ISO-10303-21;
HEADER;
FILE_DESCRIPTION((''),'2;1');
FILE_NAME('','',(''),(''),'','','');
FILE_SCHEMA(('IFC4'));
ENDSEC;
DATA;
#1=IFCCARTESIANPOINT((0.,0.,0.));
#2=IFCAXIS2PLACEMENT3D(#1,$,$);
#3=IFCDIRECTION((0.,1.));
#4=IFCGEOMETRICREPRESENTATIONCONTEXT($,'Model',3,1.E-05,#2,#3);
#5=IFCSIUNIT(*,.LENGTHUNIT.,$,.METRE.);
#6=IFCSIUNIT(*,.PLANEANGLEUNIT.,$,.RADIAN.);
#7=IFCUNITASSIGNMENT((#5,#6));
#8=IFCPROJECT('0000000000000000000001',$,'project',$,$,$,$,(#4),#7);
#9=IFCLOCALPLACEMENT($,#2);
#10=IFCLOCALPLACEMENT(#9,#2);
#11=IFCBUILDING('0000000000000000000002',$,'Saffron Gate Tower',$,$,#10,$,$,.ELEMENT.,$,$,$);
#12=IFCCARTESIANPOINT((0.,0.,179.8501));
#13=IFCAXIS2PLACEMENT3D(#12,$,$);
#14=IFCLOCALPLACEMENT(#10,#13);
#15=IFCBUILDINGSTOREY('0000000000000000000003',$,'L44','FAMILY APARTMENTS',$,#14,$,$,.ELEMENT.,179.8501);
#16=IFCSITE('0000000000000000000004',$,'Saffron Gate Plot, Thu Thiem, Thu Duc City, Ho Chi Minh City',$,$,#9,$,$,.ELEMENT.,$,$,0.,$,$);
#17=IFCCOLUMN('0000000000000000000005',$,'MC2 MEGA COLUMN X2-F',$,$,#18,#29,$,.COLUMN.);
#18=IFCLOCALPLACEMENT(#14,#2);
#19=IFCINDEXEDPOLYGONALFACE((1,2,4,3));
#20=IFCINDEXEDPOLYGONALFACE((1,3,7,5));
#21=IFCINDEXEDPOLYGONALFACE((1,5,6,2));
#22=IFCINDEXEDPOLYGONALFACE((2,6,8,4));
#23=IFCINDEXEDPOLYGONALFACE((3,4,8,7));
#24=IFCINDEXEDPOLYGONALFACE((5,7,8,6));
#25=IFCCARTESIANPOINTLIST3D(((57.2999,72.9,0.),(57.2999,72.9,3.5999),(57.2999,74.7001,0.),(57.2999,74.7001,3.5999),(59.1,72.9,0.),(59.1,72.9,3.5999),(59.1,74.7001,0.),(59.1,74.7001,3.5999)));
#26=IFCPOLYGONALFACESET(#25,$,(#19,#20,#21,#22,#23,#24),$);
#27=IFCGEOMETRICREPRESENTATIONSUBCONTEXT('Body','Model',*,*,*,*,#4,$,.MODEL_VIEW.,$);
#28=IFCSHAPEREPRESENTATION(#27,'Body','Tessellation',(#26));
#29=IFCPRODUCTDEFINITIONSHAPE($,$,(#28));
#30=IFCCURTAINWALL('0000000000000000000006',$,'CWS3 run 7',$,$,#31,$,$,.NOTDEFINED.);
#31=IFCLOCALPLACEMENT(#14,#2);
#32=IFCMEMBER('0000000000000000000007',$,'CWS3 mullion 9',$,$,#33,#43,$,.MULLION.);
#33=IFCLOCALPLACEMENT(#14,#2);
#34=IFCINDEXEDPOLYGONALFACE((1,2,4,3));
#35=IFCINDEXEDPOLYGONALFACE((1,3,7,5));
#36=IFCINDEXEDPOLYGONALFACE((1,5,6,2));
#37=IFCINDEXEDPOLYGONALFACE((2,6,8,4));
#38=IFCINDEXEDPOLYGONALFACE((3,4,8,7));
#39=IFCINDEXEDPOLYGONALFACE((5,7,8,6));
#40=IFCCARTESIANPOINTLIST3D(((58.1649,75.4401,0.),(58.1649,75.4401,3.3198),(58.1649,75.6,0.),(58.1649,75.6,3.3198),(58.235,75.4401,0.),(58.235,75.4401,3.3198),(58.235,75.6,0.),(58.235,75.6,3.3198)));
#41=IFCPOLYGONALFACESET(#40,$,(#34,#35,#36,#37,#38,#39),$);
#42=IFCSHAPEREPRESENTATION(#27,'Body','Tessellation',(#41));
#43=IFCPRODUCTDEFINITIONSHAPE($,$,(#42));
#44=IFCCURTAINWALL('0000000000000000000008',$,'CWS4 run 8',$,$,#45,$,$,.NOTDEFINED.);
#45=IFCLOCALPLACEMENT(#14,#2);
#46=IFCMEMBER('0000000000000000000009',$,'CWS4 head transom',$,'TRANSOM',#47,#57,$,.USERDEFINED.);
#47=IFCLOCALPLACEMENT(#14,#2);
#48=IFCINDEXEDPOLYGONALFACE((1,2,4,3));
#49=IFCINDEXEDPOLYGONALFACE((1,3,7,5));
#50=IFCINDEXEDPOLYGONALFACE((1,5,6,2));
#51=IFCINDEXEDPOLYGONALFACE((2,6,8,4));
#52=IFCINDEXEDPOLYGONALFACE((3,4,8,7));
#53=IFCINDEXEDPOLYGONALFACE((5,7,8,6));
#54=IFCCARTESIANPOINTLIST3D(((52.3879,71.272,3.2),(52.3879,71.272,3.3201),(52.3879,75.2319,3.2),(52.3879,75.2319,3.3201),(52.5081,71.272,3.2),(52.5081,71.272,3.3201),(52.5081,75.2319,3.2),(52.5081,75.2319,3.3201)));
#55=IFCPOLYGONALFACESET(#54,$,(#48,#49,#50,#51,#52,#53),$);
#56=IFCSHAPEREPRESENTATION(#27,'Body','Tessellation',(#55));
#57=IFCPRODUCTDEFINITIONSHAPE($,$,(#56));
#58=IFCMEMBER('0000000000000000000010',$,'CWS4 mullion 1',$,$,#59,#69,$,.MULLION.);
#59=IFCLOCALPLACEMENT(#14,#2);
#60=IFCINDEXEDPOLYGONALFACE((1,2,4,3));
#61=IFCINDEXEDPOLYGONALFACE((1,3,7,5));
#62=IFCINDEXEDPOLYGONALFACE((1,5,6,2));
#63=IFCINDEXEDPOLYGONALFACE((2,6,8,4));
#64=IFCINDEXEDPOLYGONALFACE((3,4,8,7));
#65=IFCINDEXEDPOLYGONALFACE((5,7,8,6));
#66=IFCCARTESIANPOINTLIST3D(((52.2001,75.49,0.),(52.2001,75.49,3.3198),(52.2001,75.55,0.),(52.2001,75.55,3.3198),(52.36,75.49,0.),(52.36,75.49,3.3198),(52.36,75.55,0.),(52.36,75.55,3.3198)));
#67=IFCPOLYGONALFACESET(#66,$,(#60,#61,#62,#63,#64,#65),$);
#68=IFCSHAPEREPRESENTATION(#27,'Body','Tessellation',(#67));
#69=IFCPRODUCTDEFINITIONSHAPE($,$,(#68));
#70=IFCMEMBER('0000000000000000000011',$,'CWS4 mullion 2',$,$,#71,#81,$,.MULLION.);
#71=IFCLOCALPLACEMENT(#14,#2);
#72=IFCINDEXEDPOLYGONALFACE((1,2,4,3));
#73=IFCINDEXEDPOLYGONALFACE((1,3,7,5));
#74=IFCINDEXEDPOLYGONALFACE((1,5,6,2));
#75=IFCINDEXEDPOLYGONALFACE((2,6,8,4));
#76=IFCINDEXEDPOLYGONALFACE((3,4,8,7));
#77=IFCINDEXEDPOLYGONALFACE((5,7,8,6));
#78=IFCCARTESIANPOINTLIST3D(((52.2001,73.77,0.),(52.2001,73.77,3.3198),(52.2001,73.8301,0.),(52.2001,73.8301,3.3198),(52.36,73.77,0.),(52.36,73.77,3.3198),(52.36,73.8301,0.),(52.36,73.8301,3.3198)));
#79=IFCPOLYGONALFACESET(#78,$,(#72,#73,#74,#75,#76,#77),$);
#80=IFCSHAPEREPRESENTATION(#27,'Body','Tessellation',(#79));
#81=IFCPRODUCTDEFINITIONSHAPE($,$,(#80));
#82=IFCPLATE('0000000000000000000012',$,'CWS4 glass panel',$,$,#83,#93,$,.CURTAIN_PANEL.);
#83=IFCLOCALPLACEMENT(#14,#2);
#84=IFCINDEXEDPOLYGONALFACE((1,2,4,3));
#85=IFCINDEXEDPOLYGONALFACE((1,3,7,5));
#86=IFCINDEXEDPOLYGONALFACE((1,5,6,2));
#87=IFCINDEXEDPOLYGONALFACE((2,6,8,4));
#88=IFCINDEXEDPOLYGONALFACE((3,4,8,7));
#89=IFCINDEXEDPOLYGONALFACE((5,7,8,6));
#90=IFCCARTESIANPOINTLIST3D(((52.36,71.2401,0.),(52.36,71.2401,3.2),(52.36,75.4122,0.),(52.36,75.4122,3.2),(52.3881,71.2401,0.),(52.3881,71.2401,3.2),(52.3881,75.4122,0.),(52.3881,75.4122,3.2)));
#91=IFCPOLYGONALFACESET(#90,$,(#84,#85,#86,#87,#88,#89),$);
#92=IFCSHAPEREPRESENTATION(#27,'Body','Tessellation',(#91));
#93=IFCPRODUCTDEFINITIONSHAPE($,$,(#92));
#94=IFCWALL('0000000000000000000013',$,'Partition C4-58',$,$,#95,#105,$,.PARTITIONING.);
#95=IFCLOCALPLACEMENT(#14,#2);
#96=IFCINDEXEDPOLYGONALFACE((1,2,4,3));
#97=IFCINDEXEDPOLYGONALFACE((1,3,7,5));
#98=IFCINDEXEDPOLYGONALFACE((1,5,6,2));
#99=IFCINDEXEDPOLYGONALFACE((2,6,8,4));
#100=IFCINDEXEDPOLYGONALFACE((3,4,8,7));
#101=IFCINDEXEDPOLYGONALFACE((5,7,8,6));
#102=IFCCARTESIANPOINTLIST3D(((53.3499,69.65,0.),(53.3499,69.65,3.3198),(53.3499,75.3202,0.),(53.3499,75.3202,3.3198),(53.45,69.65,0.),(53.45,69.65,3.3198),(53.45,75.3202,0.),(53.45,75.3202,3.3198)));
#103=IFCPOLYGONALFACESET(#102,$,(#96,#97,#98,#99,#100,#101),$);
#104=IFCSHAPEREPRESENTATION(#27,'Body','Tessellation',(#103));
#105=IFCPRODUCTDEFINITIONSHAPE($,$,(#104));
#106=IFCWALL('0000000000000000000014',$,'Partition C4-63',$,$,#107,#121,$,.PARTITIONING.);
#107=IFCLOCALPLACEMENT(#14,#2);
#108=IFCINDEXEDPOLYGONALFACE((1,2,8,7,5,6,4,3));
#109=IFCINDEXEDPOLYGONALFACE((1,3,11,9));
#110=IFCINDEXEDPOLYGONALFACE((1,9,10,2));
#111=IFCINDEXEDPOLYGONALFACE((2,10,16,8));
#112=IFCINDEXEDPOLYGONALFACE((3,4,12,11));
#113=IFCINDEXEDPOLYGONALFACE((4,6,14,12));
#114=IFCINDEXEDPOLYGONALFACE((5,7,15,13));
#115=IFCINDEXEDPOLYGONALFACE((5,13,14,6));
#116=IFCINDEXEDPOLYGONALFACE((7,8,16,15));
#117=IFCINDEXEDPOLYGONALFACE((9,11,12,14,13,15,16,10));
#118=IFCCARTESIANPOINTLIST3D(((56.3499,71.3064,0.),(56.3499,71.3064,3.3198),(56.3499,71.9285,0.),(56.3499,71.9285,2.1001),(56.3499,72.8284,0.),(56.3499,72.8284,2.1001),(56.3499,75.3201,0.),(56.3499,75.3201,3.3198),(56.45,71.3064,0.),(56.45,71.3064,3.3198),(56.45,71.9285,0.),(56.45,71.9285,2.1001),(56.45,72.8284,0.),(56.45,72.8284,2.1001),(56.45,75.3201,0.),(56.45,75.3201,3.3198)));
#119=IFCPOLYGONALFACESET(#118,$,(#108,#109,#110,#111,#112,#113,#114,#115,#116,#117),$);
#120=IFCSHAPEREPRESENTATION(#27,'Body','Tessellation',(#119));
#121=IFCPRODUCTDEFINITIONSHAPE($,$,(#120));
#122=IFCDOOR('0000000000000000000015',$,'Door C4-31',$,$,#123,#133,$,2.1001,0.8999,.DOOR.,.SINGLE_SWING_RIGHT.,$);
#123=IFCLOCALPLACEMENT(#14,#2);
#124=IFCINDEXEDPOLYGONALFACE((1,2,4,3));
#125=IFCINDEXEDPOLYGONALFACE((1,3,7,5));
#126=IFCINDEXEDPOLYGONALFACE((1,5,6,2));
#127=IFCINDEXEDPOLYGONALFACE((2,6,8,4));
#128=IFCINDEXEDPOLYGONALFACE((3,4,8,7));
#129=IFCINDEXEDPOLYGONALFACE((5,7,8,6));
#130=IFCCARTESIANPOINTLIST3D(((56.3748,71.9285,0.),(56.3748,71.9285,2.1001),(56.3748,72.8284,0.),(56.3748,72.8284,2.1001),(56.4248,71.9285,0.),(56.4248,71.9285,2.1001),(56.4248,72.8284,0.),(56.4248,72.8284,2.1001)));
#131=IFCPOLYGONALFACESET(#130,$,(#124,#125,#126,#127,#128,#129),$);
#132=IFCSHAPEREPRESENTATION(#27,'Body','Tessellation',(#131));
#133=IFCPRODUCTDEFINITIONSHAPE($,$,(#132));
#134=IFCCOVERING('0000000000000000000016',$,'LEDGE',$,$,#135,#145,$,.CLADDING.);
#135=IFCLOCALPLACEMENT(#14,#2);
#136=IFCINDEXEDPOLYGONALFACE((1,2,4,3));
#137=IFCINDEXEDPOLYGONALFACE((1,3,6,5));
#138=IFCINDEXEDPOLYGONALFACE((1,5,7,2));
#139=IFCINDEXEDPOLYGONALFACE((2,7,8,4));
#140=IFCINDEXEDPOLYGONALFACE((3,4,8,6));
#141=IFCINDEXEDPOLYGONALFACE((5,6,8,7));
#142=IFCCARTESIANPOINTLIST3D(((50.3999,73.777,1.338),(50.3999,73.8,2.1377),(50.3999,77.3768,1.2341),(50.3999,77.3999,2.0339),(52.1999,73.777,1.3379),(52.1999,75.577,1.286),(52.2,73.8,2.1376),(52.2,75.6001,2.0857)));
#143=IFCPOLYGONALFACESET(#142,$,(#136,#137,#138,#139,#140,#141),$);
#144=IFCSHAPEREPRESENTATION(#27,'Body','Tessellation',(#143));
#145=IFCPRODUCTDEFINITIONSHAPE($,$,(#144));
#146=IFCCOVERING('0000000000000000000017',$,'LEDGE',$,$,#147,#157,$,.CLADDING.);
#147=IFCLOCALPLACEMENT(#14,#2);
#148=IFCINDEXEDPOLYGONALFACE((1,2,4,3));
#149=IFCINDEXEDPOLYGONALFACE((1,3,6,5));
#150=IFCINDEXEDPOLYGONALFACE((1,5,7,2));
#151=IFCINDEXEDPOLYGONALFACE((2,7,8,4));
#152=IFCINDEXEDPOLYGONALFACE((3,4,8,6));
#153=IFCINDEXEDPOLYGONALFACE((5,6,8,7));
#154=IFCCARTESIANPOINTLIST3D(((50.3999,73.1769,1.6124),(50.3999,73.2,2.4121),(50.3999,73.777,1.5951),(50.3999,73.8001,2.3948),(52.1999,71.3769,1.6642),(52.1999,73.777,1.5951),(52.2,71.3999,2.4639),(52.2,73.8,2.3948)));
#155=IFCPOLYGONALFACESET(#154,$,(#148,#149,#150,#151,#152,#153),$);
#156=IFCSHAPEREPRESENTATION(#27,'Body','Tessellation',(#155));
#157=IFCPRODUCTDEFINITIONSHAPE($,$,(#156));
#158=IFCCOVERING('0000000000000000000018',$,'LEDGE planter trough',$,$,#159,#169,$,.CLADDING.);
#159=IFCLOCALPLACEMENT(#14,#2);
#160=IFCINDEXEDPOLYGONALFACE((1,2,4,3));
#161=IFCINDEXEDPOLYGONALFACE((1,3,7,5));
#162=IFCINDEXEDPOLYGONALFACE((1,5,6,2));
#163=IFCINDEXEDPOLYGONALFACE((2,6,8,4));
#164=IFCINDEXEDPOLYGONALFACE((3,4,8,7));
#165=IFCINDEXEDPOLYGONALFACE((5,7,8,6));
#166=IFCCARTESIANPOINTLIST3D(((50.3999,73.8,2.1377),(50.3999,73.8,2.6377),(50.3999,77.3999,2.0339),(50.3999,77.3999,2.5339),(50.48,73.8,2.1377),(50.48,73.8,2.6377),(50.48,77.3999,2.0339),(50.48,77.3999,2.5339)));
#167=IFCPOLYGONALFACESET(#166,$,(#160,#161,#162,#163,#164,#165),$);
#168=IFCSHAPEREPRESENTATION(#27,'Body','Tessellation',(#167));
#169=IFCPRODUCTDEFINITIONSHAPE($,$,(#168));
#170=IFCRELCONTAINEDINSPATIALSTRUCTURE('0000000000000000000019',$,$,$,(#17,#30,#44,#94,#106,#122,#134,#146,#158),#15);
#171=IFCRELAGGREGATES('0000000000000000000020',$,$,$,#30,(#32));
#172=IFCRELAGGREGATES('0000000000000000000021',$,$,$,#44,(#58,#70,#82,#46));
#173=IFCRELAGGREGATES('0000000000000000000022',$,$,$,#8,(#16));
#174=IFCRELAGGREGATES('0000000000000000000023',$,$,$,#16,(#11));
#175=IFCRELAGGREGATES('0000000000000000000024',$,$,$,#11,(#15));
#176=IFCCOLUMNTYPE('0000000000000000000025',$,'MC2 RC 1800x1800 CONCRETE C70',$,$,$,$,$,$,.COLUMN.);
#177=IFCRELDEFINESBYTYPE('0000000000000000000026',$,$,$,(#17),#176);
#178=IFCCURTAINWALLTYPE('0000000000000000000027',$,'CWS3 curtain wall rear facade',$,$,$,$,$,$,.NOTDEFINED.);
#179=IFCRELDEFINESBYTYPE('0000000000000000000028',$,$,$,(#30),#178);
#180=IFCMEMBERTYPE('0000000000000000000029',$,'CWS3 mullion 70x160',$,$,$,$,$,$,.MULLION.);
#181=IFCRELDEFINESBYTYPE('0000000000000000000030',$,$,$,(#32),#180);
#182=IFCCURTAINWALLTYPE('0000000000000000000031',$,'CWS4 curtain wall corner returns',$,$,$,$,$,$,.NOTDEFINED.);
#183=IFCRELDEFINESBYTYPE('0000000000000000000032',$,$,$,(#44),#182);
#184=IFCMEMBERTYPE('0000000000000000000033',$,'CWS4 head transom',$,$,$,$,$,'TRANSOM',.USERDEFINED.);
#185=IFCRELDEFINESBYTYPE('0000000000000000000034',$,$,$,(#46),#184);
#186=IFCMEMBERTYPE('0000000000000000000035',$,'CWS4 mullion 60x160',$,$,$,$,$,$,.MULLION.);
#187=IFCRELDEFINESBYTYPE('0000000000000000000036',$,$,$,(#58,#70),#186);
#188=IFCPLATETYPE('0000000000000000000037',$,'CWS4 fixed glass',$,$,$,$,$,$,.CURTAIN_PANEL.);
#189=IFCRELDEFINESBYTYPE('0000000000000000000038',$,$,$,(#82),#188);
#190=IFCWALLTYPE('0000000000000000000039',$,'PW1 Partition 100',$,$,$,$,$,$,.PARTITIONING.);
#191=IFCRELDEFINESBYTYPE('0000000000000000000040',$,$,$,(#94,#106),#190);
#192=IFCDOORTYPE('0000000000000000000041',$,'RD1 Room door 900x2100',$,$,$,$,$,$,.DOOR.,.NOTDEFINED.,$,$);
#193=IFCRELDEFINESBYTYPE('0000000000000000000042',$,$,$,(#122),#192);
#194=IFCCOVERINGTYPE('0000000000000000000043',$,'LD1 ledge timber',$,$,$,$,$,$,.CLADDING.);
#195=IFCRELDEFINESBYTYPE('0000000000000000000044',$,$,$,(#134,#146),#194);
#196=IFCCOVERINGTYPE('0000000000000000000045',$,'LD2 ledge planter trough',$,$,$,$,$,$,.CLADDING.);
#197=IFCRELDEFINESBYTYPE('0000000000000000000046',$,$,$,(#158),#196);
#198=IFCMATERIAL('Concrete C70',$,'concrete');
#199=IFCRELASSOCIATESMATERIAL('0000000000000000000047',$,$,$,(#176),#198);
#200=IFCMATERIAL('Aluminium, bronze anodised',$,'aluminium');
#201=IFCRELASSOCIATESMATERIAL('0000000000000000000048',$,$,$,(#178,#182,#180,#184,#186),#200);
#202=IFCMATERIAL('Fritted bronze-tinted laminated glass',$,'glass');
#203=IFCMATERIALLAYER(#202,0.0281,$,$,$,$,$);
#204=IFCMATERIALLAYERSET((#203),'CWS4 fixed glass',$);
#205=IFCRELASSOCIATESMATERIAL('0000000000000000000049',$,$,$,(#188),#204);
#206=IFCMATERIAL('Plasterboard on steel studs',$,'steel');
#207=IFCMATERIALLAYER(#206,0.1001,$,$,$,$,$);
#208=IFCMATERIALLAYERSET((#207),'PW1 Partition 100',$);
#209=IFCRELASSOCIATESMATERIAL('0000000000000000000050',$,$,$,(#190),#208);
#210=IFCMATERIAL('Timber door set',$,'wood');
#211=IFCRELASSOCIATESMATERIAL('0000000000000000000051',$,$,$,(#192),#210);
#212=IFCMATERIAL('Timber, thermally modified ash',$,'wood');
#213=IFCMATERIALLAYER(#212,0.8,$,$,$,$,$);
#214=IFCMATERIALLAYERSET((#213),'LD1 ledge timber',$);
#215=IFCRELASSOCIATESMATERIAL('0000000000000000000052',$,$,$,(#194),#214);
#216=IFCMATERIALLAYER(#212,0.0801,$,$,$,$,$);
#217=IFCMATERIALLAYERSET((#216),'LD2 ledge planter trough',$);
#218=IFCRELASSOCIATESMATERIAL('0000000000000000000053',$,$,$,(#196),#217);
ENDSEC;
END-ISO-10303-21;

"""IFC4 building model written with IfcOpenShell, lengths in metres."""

from ifc_helpers import new_model, si_unit, direction, frame, frame_2d, origin, origin_2d, place, context, subcontext, project, spatial, polyline, rectangle, outline, extrude, material, layer, layer_set, material_profile, profile_set, type_object, element, fill, aggregate, save


model = new_model("IFC4")

# Units and contexts
model_context = context("Model", 3, precision=1e-05, world=origin(), true_north=direction((0.0, 1.0)))
body_context = subcontext(model_context, "Body", "Model", "MODEL_VIEW")
ifc_project = project(units=[si_unit("LENGTHUNIT", "METRE"), si_unit("PLANEANGLEUNIT", "RADIAN")], contexts=[model_context])

# Site, building, storey
site_placement = place(None, origin())
site = spatial("IfcSite", under=ifc_project, at=site_placement, Name="Saffron Gate Plot, Thu Thiem, Thu Duc City, Ho Chi Minh City", CompositionType="ELEMENT", RefElevation=0.0)
building_placement = place(site_placement, origin())
building = spatial("IfcBuilding", under=site, at=building_placement, Name="Saffron Gate Tower", CompositionType="ELEMENT")
storey_placement = place(building_placement, frame((0.0, 0.0, 179.8501)))
storey = spatial("IfcBuildingStorey", under=building, at=storey_placement, Name="L44", Description="FAMILY APARTMENTS", CompositionType="ELEMENT", Elevation=179.8501)

# Column
ifc_material_1 = material(Name="Concrete C70", Category="concrete")
ifc_material_profile_1 = material_profile(ifc_material_1, rectangle(XDim=1.8, YDim=1.8, at=origin_2d()))
ifc_profile_set_1 = profile_set([ifc_material_profile_1], Name="Concrete C70")
column_type = type_object("IfcColumnType", Name="MC2 RC 1800x1800 CONCRETE C70", PredefinedType="COLUMN", material=ifc_profile_set_1)
column_placement = place(storey_placement, frame((58.2, 73.8, 0.0), z_axis=(0.0, 0.0, 1.0), x_axis=(1.0, 0.0, 0.0)))
element("IfcColumn", 1, at=column_placement, inside=storey, type_object=column_type, Name="MC2 MEGA COLUMN X2-F", PredefinedType="COLUMN", context=body_context, shape_type="SweptSolid", body=[
    extrude(rectangle(XDim=1.8, YDim=1.8, at=origin_2d()), origin(), (0.0, 0.0, 1.0), 3.5999),
])

# Curtain wall, member
ifc_material_2 = material(Name="Aluminium, bronze anodised", Category="aluminium")
curtain_wall_type_1 = type_object("IfcCurtainWallType", Name="CWS3 curtain wall rear facade", PredefinedType="NOTDEFINED", material=ifc_material_2)
curtain_wall_1_placement = place(storey_placement, origin())
curtain_wall_1 = element("IfcCurtainWall", 2, at=curtain_wall_1_placement, inside=storey, type_object=curtain_wall_type_1, Name="CWS3 run 7", PredefinedType="NOTDEFINED")
ifc_material_profile_2 = material_profile(ifc_material_2, rectangle(XDim=0.1599, YDim=0.0701, at=origin_2d()))
ifc_profile_set_2 = profile_set([ifc_material_profile_2], Name="Aluminium, bronze anodised")
member_type_1 = type_object("IfcMemberType", Name="CWS3 mullion 70x160", PredefinedType="MULLION", material=ifc_profile_set_2)
member_1_placement = place(storey_placement, frame((58.2, 75.52, 0.0), z_axis=(0.0, 0.0, 1.0), x_axis=(0.0, -1.0, 0.0)))
member_1 = element("IfcMember", 3, at=member_1_placement, type_object=member_type_1, Name="CWS3 mullion 9", PredefinedType="MULLION", context=body_context, shape_type="SweptSolid", body=[
    extrude(rectangle(XDim=0.1599, YDim=0.0701, at=origin_2d()), origin(), (0.0, 0.0, 1.0), 3.3198),
])
aggregate(curtain_wall_1, [member_1])

# Curtain wall, members, plate
curtain_wall_type_2 = type_object("IfcCurtainWallType", Name="CWS4 curtain wall corner returns", PredefinedType="NOTDEFINED", material=ifc_material_2)
curtain_wall_2_placement = place(storey_placement, origin())
curtain_wall_2 = element("IfcCurtainWall", 4, at=curtain_wall_2_placement, inside=storey, type_object=curtain_wall_type_2, Name="CWS4 run 8", PredefinedType="NOTDEFINED")
ifc_material_profile_3 = material_profile(ifc_material_2, rectangle(XDim=0.1201, YDim=0.1201, at=origin_2d()))
ifc_profile_set_3 = profile_set([ifc_material_profile_3], Name="Aluminium, bronze anodised")
member_type_2 = type_object("IfcMemberType", Name="CWS4 head transom", ElementType="TRANSOM", PredefinedType="USERDEFINED", material=ifc_profile_set_3)
member_2_placement = place(storey_placement, frame((52.448, 75.2319, 3.26), z_axis=(0.0, -1.0, 0.0), x_axis=(1.0, 0.0, 0.0)))
member_2 = element("IfcMember", 5, at=member_2_placement, type_object=member_type_2, Name="CWS4 head transom", ObjectType="TRANSOM", PredefinedType="USERDEFINED", context=body_context, shape_type="SweptSolid", body=[
    extrude(rectangle(XDim=0.1201, YDim=0.1201, at=origin_2d()), origin(), (0.0, 0.0, 1.0), 3.96),
])
ifc_material_profile_4 = material_profile(ifc_material_2, rectangle(XDim=0.1599, YDim=0.0601, at=origin_2d()))
ifc_profile_set_4 = profile_set([ifc_material_profile_4], Name="Aluminium, bronze anodised")
member_type_3 = type_object("IfcMemberType", Name="CWS4 mullion 60x160", PredefinedType="MULLION", material=ifc_profile_set_4)
member_3_placement = place(storey_placement, frame((52.28, 75.52, 0.0), z_axis=(0.0, 0.0, 1.0), x_axis=(1.0, 0.0, 0.0)))
member_3 = element("IfcMember", 6, at=member_3_placement, type_object=member_type_3, Name="CWS4 mullion 1", PredefinedType="MULLION", context=body_context, shape_type="SweptSolid", body=[
    extrude(rectangle(XDim=0.1599, YDim=0.0601, at=origin_2d()), origin(), (0.0, 0.0, 1.0), 3.3198),
])
member_4_placement = place(storey_placement, frame((52.28, 73.8, 0.0), z_axis=(0.0, 0.0, 1.0), x_axis=(1.0, 0.0, 0.0)))
member_4 = element("IfcMember", 7, at=member_4_placement, type_object=member_type_3, Name="CWS4 mullion 2", PredefinedType="MULLION", context=body_context, shape_type="SweptSolid", body=[
    extrude(rectangle(XDim=0.1599, YDim=0.0601, at=origin_2d()), origin(), (0.0, 0.0, 1.0), 3.3198),
])
ifc_material_3 = material(Name="Fritted bronze-tinted laminated glass", Category="glass")
ifc_layer_1 = layer(ifc_material_3, 0.0281)
ifc_layer_set_1 = layer_set([ifc_layer_1], Name="CWS4 fixed glass")
plate_type = type_object("IfcPlateType", Name="CWS4 fixed glass", PredefinedType="CURTAIN_PANEL", material=ifc_layer_set_1)
plate_placement = place(storey_placement, frame((52.374, 75.4121, 0.0), z_axis=(0.0, 0.0, 1.0), x_axis=(0.0, -1.0, 0.0)))
plate = element("IfcPlate", 8, at=plate_placement, type_object=plate_type, Name="CWS4 glass panel", PredefinedType="CURTAIN_PANEL", context=body_context, shape_type="SweptSolid", body=[
    extrude(rectangle(XDim=4.1721, YDim=0.0281, at=frame_2d((2.0859, 0.0))), origin(), (0.0, 0.0, 1.0), 3.2),
])
aggregate(curtain_wall_2, [member_3, member_4, plate, member_2])

# Wall
ifc_material_4 = material(Name="Plasterboard on steel studs", Category="steel")
ifc_layer_2 = layer(ifc_material_4, 0.1001)
ifc_layer_set_2 = layer_set([ifc_layer_2], Name="PW1 Partition 100")
wall_type = type_object("IfcWallType", Name="PW1 Partition 100", PredefinedType="PARTITIONING", material=ifc_layer_set_2)
wall_1_placement = place(storey_placement, frame((53.3999, 75.3201, 0.0), z_axis=(0.0, 0.0, 1.0), x_axis=(0.0, -1.0, 0.0)))
element("IfcWall", 9, at=wall_1_placement, inside=storey, type_object=wall_type, Name="Partition C4-58", PredefinedType="PARTITIONING", context=body_context, shape_type="SweptSolid", body=[
    extrude(rectangle(XDim=5.6702, YDim=0.1001, at=frame_2d((2.835, 0.0))), origin(), (0.0, 0.0, 1.0), 3.3198),
])

# Wall, opening, door
wall_2_placement = place(storey_placement, frame((56.3999, 75.3201, 0.0), z_axis=(0.0, 0.0, 1.0), x_axis=(0.0, -1.0, 0.0)))
wall_2 = element("IfcWall", 10, at=wall_2_placement, inside=storey, type_object=wall_type, Name="Partition C4-63", PredefinedType="PARTITIONING", context=body_context, shape_type="SweptSolid", body=[
    extrude(rectangle(XDim=4.0137, YDim=0.1001, at=frame_2d((2.0068, 0.0))), origin(), (0.0, 0.0, 1.0), 3.3198),
])
opening_placement = place(wall_2_placement, frame((2.4917, 0.0, 0.0)))
opening = element("IfcOpeningElement", 11, at=opening_placement, cuts=wall_2, PredefinedType="OPENING", context=body_context, shape_type="SweptSolid", body=[
    extrude(rectangle(XDim=0.8999, YDim=2.1001, at=frame_2d((0.45, 1.05))), frame((0.0, 0.0601, 0.0), z_axis=(0.0, -1.0, 0.0), x_axis=(1.0, 0.0, 0.0)), (0.0, 0.0, 1.0), 0.1201),
])
ifc_material_5 = material(Name="Timber door set", Category="wood")
door_type = type_object("IfcDoorType", Name="RD1 Room door 900x2100", OperationType="NOTDEFINED", PredefinedType="DOOR", material=ifc_material_5)
door_placement = place(opening_placement, origin())
door = element("IfcDoor", 12, at=door_placement, inside=storey, type_object=door_type, Name="Door C4-31", OperationType="SINGLE_SWING_RIGHT", OverallHeight=2.1001, OverallWidth=0.8999, PredefinedType="DOOR", context=body_context, shape_type="SweptSolid", body=[
    extrude(rectangle(XDim=0.8999, YDim=2.1001, at=frame_2d((0.45, 1.05))), frame((0.0, 0.0249, 0.0), z_axis=(0.0, -1.0, 0.0), x_axis=(1.0, 0.0, 0.0)), (0.0, 0.0, 1.0), 0.05),
])
fill(opening, door)

# Coverings
ifc_material_6 = material(Name="Timber, thermally modified ash", Category="wood")
ifc_layer_3 = layer(ifc_material_6, 0.8)
ifc_layer_set_3 = layer_set([ifc_layer_3], Name="LD1 ledge timber")
covering_type_1 = type_object("IfcCoveringType", Name="LD1 ledge timber", PredefinedType="CLADDING", material=ifc_layer_set_3)
covering_1_placement = place(storey_placement, frame((52.2, 75.6001, 2.0857), z_axis=(0.000044, 0.028833, 0.999584), x_axis=(0.0, -0.999584, 0.028833)))
element("IfcCovering", 13, at=covering_1_placement, inside=storey, type_object=covering_type_1, Name="LEDGE", PredefinedType="CLADDING", context=body_context, shape_type="SweptSolid", body=[
    extrude(outline(polyline([(0.0, 0.0), (1.8008, 0.0), (1.8008, -1.8), (-1.8005, -1.8), (0.0, 0.0)])), origin(), (0.0, 0.0, -1.0), 0.8),
])
covering_2_placement = place(storey_placement, frame((52.2, 73.8, 2.3948), z_axis=(0.000026, 0.028794, 0.999585), x_axis=(0.0, -0.999585, 0.028794)))
element("IfcCovering", 14, at=covering_2_placement, inside=storey, type_object=covering_type_1, Name="LEDGE", PredefinedType="CLADDING", context=body_context, shape_type="SweptSolid", body=[
    extrude(outline(polyline([(0.0, 0.0), (2.4011, 0.0), (0.6003, -1.8), (0.0, -1.8), (0.0, 0.0)])), origin(), (0.0, 0.0, -1.0), 0.8),
])
ifc_layer_4 = layer(ifc_material_6, 0.0801)
ifc_layer_set_4 = layer_set([ifc_layer_4], Name="LD2 ledge planter trough")
covering_type_2 = type_object("IfcCoveringType", Name="LD2 ledge planter trough", PredefinedType="CLADDING", material=ifc_layer_set_4)
covering_3_placement = place(storey_placement, frame((50.3999, 77.3999, 2.0339), z_axis=(-1.0, 0.0, 0.0), x_axis=(0.0, -0.999585, 0.028811)))
element("IfcCovering", 15, at=covering_3_placement, inside=storey, type_object=covering_type_2, Name="LEDGE planter trough", PredefinedType="CLADDING", context=body_context, shape_type="SweptSolid", body=[
    extrude(outline(polyline([(0.0, 0.0), (3.6013, 0.0), (3.6158, 0.4998), (0.0144, 0.4998), (0.0, 0.0)])), origin(), (0.0, 0.0, -1.0), 0.0801),
])

save(model, "model.ifc")
